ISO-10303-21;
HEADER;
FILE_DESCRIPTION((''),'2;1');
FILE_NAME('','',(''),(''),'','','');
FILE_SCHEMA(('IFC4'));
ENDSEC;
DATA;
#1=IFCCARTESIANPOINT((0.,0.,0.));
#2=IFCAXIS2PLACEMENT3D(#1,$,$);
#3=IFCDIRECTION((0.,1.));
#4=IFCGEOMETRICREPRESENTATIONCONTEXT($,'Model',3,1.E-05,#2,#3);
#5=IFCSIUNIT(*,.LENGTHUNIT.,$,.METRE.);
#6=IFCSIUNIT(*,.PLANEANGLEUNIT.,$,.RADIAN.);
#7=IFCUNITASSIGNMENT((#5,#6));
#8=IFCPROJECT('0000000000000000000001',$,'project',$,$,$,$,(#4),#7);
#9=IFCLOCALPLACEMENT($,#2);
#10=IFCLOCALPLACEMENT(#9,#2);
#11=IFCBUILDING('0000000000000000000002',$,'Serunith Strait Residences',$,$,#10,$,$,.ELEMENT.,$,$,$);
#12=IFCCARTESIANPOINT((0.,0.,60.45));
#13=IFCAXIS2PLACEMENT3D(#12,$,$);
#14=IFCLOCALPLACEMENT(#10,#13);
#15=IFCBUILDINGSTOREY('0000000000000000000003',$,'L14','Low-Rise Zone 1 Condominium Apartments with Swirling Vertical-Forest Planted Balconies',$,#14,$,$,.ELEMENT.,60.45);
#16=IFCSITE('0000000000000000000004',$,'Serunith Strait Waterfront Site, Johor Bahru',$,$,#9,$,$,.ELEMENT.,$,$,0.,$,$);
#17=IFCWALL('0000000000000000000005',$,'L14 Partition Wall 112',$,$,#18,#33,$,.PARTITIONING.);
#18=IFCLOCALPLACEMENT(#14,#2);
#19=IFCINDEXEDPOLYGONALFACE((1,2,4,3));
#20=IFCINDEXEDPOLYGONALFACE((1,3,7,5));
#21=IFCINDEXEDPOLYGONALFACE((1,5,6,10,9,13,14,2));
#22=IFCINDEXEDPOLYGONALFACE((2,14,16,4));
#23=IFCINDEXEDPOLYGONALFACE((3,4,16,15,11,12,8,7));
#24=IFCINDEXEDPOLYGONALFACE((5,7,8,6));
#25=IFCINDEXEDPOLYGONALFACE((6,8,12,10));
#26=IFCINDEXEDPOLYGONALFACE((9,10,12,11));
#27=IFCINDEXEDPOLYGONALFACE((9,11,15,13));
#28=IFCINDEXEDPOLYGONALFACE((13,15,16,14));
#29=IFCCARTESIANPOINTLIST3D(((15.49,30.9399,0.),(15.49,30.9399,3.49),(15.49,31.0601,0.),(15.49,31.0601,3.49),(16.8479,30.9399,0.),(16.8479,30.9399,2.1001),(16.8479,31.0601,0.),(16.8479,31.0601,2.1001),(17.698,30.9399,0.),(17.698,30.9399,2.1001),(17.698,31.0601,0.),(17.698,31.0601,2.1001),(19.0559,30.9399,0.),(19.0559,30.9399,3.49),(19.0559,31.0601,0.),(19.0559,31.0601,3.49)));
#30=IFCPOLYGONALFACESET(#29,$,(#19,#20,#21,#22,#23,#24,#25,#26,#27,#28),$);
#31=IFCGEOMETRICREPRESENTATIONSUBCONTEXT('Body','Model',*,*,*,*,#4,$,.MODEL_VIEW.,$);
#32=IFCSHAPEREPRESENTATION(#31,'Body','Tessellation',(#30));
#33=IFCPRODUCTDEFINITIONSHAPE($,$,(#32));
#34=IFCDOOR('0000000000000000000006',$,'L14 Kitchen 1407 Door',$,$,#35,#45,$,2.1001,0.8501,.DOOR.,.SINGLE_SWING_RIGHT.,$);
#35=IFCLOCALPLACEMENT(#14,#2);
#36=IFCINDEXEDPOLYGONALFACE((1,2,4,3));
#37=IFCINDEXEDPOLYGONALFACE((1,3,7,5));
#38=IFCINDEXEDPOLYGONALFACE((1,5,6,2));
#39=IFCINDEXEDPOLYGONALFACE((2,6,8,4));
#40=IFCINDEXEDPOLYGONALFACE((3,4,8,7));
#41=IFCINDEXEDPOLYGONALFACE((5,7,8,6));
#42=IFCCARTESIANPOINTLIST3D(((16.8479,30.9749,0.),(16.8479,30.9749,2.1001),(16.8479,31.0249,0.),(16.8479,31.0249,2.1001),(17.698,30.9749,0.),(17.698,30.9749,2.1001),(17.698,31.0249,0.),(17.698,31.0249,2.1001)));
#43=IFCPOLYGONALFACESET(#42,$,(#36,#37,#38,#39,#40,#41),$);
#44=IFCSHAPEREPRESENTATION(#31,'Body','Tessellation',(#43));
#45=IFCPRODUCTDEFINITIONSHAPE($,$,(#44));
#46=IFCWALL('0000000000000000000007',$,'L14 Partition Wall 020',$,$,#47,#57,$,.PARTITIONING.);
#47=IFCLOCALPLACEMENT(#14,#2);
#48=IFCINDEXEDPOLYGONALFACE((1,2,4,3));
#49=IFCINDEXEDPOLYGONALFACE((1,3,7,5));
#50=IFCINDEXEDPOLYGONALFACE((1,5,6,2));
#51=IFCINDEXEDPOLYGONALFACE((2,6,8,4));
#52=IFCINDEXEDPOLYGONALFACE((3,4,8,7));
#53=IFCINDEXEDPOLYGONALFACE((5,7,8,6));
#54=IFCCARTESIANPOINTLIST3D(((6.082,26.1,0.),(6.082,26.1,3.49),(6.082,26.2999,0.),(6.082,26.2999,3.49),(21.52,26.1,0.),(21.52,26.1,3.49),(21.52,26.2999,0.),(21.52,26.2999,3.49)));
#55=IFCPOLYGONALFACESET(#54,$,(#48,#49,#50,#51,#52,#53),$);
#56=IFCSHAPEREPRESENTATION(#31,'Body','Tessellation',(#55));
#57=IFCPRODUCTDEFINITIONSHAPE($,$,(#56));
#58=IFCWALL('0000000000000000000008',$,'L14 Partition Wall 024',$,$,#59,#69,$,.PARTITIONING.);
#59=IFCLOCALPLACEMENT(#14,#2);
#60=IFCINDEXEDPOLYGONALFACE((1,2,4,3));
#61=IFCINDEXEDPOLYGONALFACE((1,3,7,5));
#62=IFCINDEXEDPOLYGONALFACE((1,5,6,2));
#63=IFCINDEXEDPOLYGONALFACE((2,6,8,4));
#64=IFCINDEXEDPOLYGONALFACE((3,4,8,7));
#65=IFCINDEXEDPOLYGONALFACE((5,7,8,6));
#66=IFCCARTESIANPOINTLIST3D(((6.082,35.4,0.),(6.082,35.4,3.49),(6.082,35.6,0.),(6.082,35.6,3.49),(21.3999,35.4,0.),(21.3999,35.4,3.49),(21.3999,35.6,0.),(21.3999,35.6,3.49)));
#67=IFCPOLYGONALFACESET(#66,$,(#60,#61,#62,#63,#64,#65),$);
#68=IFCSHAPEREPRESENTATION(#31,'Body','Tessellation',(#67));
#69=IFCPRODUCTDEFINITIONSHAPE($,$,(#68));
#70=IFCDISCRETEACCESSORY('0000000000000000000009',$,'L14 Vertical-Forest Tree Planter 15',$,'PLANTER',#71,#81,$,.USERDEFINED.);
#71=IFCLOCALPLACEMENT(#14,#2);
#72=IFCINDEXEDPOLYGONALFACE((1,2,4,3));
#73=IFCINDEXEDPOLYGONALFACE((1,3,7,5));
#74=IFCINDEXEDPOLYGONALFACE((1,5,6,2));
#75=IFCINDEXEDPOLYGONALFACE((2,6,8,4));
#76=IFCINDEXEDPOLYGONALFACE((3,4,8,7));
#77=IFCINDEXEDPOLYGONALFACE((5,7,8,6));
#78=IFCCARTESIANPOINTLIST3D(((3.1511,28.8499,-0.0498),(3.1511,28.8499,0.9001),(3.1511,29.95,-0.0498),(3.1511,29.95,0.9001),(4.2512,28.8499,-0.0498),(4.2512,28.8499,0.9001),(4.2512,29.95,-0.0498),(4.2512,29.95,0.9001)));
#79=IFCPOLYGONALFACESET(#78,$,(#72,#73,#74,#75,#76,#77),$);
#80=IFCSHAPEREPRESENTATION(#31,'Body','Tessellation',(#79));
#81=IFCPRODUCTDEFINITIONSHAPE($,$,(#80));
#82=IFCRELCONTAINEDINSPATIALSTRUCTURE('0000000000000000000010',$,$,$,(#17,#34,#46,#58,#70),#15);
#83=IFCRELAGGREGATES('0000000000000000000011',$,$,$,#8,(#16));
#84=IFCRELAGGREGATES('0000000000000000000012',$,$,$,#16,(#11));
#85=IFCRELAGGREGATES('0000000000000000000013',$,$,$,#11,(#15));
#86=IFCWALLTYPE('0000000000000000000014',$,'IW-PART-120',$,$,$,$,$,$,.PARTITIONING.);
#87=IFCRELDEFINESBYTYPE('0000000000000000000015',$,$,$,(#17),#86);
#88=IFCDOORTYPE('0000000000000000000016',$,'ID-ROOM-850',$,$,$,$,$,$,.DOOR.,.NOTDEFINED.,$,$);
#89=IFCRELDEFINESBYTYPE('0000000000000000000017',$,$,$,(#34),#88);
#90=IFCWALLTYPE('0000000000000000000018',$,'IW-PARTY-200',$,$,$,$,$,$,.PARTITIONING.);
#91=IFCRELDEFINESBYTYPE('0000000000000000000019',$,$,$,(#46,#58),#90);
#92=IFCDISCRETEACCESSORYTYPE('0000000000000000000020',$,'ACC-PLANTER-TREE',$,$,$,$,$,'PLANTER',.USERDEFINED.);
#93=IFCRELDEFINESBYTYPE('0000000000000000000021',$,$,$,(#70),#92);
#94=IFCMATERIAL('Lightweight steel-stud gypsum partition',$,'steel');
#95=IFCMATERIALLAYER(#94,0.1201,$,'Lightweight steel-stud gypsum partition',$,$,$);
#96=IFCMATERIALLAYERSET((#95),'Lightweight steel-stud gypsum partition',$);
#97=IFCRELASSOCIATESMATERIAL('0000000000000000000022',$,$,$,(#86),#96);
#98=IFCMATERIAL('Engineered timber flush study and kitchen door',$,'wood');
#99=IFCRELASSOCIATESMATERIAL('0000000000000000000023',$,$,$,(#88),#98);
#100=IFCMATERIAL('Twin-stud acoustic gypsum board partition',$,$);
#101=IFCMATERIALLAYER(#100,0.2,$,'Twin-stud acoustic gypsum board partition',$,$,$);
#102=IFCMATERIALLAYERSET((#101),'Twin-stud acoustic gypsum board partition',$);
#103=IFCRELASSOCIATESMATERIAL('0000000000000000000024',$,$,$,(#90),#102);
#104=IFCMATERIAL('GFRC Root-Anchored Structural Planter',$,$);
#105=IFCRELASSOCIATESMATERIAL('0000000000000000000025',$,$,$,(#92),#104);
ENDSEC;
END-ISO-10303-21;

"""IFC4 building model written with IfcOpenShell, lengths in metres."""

from ifc_helpers import new_model, si_unit, direction, frame, frame_2d, origin, origin_2d, place, context, subcontext, project, spatial, rectangle, extrude, source, transform, mapped, material, layer, layer_set, type_object, element, fill, save


model = new_model("IFC4")

# Units and contexts
model_context = context("Model", 3, precision=1e-05, world=origin(), true_north=direction((0.0, 1.0)))
body_context = subcontext(model_context, "Body", "Model", "MODEL_VIEW")
ifc_project = project(units=[si_unit("LENGTHUNIT", "METRE"), si_unit("PLANEANGLEUNIT", "RADIAN")], contexts=[model_context])

# Site, building, storey
site_placement = place(None, origin())
site = spatial("IfcSite", under=ifc_project, at=site_placement, Name="Serunith Strait Waterfront Site, Johor Bahru", CompositionType="ELEMENT", RefElevation=0.0)
building_placement = place(site_placement, origin())
building = spatial("IfcBuilding", under=site, at=building_placement, Name="Serunith Strait Residences", CompositionType="ELEMENT")
storey_placement = place(building_placement, frame((0.0, 0.0, 60.45)))
storey = spatial("IfcBuildingStorey", under=building, at=storey_placement, Name="L14", Description="Low-Rise Zone 1 Condominium Apartments with Swirling Vertical-Forest Planted Balconies", CompositionType="ELEMENT", Elevation=60.45)

# Shared definitions
ifc_material_1 = material(Name="Lightweight steel-stud gypsum partition", Category="steel")
ifc_layer_1 = layer(ifc_material_1, 0.1201, Name="Lightweight steel-stud gypsum partition")
ifc_layer_set_1 = layer_set([ifc_layer_1], Name="Lightweight steel-stud gypsum partition")
wall_type_1 = type_object("IfcWallType", Name="IW-PART-120", PredefinedType="PARTITIONING", material=ifc_layer_set_1)
shared_shape_1 = source(origin(), body_context, "Body", "SweptSolid", [
    extrude(rectangle(XDim=0.8501, YDim=2.1001, at=frame_2d((0.425, 1.05))), frame((0.0, 0.0249, 0.0), z_axis=(0.0, -1.0, 0.0), x_axis=(1.0, 0.0, 0.0)), (0.0, 0.0, 1.0), 0.05),
])
ifc_material_2 = material(Name="Engineered timber flush study and kitchen door", Category="wood")
door_type_1 = type_object("IfcDoorType", Name="ID-ROOM-850", OperationType="NOTDEFINED", PredefinedType="DOOR", material=ifc_material_2)

# Wall, opening, door
wall_1_placement = place(storey_placement, frame((15.49, 31.0, 0.0), z_axis=(0.0, 0.0, 1.0), x_axis=(1.0, 0.0, 0.0)))
wall_1 = element("IfcWall", 1, at=wall_1_placement, inside=storey, type_object=wall_type_1, Name="L14 Partition Wall 112", PredefinedType="PARTITIONING", context=body_context, shape_type="SweptSolid", body=[
    extrude(rectangle(XDim=3.5659, YDim=0.1201, at=frame_2d((1.783, 0.0))), origin(), (0.0, 0.0, 1.0), 3.49),
])
opening_1_placement = place(wall_1_placement, frame((1.3579, 0.0, 0.0)))
opening_1 = element("IfcOpeningElement", 2, at=opening_1_placement, cuts=wall_1, PredefinedType="OPENING", context=body_context, shape_type="SweptSolid", body=[
    extrude(rectangle(XDim=0.8501, YDim=2.1001, at=frame_2d((0.425, 1.05))), frame((0.0, 0.0701, 0.0), z_axis=(0.0, -1.0, 0.0), x_axis=(1.0, 0.0, 0.0)), (0.0, 0.0, 1.0), 0.1401),
])
door_1_placement = place(opening_1_placement, origin())
door_1 = element("IfcDoor", 3, at=door_1_placement, inside=storey, type_object=door_type_1, Name="L14 Kitchen 1407 Door", OperationType="SINGLE_SWING_RIGHT", OverallHeight=2.1001, OverallWidth=0.8501, PredefinedType="DOOR", context=body_context, shape_type="MappedRepresentation", body=[
    mapped(shared_shape_1, transform((0.0, 0.0, 0.0), scale=1.0)),
])
fill(opening_1, door_1)

# Walls
ifc_material_3 = material(Name="Twin-stud acoustic gypsum board partition")
ifc_layer_2 = layer(ifc_material_3, 0.2, Name="Twin-stud acoustic gypsum board partition")
ifc_layer_set_2 = layer_set([ifc_layer_2], Name="Twin-stud acoustic gypsum board partition")
wall_type_2 = type_object("IfcWallType", Name="IW-PARTY-200", PredefinedType="PARTITIONING", material=ifc_layer_set_2)
wall_2_placement = place(storey_placement, frame((6.082, 26.2, 0.0), z_axis=(0.0, 0.0, 1.0), x_axis=(1.0, 0.0, 0.0)))
element("IfcWall", 4, at=wall_2_placement, inside=storey, type_object=wall_type_2, Name="L14 Partition Wall 020", PredefinedType="PARTITIONING", context=body_context, shape_type="SweptSolid", body=[
    extrude(rectangle(XDim=15.438, YDim=0.2, at=frame_2d((7.719, 0.0))), origin(), (0.0, 0.0, 1.0), 3.49),
])
wall_3_placement = place(storey_placement, frame((6.082, 35.5, 0.0), z_axis=(0.0, 0.0, 1.0), x_axis=(1.0, 0.0, 0.0)))
element("IfcWall", 5, at=wall_3_placement, inside=storey, type_object=wall_type_2, Name="L14 Partition Wall 024", PredefinedType="PARTITIONING", context=body_context, shape_type="SweptSolid", body=[
    extrude(rectangle(XDim=15.3179, YDim=0.2, at=frame_2d((7.6589, 0.0))), origin(), (0.0, 0.0, 1.0), 3.49),
])

# Discrete accessory
ifc_material_4 = material(Name="GFRC Root-Anchored Structural Planter")
discrete_accessory_type = type_object("IfcDiscreteAccessoryType", Name="ACC-PLANTER-TREE", ElementType="PLANTER", PredefinedType="USERDEFINED", material=ifc_material_4)
shared_shape_2 = source(origin(), body_context, "Body", "SweptSolid", [
    extrude(rectangle(XDim=1.1001, YDim=1.1001, at=origin_2d()), origin(), (0.0, 0.0, 1.0), 0.95),
])
discrete_accessory_placement = place(storey_placement, frame((3.7012, 29.3999, -0.0498), z_axis=(0.0, 0.0, 1.0), x_axis=(0.0, -1.0, 0.0)))
element("IfcDiscreteAccessory", 6, at=discrete_accessory_placement, inside=storey, type_object=discrete_accessory_type, Name="L14 Vertical-Forest Tree Planter 15", ObjectType="PLANTER", PredefinedType="USERDEFINED", context=body_context, shape_type="MappedRepresentation", body=[
    mapped(shared_shape_2, transform((0.0, 0.0, 0.0), scale=1.0)),
])

save(model, "model.ifc")
